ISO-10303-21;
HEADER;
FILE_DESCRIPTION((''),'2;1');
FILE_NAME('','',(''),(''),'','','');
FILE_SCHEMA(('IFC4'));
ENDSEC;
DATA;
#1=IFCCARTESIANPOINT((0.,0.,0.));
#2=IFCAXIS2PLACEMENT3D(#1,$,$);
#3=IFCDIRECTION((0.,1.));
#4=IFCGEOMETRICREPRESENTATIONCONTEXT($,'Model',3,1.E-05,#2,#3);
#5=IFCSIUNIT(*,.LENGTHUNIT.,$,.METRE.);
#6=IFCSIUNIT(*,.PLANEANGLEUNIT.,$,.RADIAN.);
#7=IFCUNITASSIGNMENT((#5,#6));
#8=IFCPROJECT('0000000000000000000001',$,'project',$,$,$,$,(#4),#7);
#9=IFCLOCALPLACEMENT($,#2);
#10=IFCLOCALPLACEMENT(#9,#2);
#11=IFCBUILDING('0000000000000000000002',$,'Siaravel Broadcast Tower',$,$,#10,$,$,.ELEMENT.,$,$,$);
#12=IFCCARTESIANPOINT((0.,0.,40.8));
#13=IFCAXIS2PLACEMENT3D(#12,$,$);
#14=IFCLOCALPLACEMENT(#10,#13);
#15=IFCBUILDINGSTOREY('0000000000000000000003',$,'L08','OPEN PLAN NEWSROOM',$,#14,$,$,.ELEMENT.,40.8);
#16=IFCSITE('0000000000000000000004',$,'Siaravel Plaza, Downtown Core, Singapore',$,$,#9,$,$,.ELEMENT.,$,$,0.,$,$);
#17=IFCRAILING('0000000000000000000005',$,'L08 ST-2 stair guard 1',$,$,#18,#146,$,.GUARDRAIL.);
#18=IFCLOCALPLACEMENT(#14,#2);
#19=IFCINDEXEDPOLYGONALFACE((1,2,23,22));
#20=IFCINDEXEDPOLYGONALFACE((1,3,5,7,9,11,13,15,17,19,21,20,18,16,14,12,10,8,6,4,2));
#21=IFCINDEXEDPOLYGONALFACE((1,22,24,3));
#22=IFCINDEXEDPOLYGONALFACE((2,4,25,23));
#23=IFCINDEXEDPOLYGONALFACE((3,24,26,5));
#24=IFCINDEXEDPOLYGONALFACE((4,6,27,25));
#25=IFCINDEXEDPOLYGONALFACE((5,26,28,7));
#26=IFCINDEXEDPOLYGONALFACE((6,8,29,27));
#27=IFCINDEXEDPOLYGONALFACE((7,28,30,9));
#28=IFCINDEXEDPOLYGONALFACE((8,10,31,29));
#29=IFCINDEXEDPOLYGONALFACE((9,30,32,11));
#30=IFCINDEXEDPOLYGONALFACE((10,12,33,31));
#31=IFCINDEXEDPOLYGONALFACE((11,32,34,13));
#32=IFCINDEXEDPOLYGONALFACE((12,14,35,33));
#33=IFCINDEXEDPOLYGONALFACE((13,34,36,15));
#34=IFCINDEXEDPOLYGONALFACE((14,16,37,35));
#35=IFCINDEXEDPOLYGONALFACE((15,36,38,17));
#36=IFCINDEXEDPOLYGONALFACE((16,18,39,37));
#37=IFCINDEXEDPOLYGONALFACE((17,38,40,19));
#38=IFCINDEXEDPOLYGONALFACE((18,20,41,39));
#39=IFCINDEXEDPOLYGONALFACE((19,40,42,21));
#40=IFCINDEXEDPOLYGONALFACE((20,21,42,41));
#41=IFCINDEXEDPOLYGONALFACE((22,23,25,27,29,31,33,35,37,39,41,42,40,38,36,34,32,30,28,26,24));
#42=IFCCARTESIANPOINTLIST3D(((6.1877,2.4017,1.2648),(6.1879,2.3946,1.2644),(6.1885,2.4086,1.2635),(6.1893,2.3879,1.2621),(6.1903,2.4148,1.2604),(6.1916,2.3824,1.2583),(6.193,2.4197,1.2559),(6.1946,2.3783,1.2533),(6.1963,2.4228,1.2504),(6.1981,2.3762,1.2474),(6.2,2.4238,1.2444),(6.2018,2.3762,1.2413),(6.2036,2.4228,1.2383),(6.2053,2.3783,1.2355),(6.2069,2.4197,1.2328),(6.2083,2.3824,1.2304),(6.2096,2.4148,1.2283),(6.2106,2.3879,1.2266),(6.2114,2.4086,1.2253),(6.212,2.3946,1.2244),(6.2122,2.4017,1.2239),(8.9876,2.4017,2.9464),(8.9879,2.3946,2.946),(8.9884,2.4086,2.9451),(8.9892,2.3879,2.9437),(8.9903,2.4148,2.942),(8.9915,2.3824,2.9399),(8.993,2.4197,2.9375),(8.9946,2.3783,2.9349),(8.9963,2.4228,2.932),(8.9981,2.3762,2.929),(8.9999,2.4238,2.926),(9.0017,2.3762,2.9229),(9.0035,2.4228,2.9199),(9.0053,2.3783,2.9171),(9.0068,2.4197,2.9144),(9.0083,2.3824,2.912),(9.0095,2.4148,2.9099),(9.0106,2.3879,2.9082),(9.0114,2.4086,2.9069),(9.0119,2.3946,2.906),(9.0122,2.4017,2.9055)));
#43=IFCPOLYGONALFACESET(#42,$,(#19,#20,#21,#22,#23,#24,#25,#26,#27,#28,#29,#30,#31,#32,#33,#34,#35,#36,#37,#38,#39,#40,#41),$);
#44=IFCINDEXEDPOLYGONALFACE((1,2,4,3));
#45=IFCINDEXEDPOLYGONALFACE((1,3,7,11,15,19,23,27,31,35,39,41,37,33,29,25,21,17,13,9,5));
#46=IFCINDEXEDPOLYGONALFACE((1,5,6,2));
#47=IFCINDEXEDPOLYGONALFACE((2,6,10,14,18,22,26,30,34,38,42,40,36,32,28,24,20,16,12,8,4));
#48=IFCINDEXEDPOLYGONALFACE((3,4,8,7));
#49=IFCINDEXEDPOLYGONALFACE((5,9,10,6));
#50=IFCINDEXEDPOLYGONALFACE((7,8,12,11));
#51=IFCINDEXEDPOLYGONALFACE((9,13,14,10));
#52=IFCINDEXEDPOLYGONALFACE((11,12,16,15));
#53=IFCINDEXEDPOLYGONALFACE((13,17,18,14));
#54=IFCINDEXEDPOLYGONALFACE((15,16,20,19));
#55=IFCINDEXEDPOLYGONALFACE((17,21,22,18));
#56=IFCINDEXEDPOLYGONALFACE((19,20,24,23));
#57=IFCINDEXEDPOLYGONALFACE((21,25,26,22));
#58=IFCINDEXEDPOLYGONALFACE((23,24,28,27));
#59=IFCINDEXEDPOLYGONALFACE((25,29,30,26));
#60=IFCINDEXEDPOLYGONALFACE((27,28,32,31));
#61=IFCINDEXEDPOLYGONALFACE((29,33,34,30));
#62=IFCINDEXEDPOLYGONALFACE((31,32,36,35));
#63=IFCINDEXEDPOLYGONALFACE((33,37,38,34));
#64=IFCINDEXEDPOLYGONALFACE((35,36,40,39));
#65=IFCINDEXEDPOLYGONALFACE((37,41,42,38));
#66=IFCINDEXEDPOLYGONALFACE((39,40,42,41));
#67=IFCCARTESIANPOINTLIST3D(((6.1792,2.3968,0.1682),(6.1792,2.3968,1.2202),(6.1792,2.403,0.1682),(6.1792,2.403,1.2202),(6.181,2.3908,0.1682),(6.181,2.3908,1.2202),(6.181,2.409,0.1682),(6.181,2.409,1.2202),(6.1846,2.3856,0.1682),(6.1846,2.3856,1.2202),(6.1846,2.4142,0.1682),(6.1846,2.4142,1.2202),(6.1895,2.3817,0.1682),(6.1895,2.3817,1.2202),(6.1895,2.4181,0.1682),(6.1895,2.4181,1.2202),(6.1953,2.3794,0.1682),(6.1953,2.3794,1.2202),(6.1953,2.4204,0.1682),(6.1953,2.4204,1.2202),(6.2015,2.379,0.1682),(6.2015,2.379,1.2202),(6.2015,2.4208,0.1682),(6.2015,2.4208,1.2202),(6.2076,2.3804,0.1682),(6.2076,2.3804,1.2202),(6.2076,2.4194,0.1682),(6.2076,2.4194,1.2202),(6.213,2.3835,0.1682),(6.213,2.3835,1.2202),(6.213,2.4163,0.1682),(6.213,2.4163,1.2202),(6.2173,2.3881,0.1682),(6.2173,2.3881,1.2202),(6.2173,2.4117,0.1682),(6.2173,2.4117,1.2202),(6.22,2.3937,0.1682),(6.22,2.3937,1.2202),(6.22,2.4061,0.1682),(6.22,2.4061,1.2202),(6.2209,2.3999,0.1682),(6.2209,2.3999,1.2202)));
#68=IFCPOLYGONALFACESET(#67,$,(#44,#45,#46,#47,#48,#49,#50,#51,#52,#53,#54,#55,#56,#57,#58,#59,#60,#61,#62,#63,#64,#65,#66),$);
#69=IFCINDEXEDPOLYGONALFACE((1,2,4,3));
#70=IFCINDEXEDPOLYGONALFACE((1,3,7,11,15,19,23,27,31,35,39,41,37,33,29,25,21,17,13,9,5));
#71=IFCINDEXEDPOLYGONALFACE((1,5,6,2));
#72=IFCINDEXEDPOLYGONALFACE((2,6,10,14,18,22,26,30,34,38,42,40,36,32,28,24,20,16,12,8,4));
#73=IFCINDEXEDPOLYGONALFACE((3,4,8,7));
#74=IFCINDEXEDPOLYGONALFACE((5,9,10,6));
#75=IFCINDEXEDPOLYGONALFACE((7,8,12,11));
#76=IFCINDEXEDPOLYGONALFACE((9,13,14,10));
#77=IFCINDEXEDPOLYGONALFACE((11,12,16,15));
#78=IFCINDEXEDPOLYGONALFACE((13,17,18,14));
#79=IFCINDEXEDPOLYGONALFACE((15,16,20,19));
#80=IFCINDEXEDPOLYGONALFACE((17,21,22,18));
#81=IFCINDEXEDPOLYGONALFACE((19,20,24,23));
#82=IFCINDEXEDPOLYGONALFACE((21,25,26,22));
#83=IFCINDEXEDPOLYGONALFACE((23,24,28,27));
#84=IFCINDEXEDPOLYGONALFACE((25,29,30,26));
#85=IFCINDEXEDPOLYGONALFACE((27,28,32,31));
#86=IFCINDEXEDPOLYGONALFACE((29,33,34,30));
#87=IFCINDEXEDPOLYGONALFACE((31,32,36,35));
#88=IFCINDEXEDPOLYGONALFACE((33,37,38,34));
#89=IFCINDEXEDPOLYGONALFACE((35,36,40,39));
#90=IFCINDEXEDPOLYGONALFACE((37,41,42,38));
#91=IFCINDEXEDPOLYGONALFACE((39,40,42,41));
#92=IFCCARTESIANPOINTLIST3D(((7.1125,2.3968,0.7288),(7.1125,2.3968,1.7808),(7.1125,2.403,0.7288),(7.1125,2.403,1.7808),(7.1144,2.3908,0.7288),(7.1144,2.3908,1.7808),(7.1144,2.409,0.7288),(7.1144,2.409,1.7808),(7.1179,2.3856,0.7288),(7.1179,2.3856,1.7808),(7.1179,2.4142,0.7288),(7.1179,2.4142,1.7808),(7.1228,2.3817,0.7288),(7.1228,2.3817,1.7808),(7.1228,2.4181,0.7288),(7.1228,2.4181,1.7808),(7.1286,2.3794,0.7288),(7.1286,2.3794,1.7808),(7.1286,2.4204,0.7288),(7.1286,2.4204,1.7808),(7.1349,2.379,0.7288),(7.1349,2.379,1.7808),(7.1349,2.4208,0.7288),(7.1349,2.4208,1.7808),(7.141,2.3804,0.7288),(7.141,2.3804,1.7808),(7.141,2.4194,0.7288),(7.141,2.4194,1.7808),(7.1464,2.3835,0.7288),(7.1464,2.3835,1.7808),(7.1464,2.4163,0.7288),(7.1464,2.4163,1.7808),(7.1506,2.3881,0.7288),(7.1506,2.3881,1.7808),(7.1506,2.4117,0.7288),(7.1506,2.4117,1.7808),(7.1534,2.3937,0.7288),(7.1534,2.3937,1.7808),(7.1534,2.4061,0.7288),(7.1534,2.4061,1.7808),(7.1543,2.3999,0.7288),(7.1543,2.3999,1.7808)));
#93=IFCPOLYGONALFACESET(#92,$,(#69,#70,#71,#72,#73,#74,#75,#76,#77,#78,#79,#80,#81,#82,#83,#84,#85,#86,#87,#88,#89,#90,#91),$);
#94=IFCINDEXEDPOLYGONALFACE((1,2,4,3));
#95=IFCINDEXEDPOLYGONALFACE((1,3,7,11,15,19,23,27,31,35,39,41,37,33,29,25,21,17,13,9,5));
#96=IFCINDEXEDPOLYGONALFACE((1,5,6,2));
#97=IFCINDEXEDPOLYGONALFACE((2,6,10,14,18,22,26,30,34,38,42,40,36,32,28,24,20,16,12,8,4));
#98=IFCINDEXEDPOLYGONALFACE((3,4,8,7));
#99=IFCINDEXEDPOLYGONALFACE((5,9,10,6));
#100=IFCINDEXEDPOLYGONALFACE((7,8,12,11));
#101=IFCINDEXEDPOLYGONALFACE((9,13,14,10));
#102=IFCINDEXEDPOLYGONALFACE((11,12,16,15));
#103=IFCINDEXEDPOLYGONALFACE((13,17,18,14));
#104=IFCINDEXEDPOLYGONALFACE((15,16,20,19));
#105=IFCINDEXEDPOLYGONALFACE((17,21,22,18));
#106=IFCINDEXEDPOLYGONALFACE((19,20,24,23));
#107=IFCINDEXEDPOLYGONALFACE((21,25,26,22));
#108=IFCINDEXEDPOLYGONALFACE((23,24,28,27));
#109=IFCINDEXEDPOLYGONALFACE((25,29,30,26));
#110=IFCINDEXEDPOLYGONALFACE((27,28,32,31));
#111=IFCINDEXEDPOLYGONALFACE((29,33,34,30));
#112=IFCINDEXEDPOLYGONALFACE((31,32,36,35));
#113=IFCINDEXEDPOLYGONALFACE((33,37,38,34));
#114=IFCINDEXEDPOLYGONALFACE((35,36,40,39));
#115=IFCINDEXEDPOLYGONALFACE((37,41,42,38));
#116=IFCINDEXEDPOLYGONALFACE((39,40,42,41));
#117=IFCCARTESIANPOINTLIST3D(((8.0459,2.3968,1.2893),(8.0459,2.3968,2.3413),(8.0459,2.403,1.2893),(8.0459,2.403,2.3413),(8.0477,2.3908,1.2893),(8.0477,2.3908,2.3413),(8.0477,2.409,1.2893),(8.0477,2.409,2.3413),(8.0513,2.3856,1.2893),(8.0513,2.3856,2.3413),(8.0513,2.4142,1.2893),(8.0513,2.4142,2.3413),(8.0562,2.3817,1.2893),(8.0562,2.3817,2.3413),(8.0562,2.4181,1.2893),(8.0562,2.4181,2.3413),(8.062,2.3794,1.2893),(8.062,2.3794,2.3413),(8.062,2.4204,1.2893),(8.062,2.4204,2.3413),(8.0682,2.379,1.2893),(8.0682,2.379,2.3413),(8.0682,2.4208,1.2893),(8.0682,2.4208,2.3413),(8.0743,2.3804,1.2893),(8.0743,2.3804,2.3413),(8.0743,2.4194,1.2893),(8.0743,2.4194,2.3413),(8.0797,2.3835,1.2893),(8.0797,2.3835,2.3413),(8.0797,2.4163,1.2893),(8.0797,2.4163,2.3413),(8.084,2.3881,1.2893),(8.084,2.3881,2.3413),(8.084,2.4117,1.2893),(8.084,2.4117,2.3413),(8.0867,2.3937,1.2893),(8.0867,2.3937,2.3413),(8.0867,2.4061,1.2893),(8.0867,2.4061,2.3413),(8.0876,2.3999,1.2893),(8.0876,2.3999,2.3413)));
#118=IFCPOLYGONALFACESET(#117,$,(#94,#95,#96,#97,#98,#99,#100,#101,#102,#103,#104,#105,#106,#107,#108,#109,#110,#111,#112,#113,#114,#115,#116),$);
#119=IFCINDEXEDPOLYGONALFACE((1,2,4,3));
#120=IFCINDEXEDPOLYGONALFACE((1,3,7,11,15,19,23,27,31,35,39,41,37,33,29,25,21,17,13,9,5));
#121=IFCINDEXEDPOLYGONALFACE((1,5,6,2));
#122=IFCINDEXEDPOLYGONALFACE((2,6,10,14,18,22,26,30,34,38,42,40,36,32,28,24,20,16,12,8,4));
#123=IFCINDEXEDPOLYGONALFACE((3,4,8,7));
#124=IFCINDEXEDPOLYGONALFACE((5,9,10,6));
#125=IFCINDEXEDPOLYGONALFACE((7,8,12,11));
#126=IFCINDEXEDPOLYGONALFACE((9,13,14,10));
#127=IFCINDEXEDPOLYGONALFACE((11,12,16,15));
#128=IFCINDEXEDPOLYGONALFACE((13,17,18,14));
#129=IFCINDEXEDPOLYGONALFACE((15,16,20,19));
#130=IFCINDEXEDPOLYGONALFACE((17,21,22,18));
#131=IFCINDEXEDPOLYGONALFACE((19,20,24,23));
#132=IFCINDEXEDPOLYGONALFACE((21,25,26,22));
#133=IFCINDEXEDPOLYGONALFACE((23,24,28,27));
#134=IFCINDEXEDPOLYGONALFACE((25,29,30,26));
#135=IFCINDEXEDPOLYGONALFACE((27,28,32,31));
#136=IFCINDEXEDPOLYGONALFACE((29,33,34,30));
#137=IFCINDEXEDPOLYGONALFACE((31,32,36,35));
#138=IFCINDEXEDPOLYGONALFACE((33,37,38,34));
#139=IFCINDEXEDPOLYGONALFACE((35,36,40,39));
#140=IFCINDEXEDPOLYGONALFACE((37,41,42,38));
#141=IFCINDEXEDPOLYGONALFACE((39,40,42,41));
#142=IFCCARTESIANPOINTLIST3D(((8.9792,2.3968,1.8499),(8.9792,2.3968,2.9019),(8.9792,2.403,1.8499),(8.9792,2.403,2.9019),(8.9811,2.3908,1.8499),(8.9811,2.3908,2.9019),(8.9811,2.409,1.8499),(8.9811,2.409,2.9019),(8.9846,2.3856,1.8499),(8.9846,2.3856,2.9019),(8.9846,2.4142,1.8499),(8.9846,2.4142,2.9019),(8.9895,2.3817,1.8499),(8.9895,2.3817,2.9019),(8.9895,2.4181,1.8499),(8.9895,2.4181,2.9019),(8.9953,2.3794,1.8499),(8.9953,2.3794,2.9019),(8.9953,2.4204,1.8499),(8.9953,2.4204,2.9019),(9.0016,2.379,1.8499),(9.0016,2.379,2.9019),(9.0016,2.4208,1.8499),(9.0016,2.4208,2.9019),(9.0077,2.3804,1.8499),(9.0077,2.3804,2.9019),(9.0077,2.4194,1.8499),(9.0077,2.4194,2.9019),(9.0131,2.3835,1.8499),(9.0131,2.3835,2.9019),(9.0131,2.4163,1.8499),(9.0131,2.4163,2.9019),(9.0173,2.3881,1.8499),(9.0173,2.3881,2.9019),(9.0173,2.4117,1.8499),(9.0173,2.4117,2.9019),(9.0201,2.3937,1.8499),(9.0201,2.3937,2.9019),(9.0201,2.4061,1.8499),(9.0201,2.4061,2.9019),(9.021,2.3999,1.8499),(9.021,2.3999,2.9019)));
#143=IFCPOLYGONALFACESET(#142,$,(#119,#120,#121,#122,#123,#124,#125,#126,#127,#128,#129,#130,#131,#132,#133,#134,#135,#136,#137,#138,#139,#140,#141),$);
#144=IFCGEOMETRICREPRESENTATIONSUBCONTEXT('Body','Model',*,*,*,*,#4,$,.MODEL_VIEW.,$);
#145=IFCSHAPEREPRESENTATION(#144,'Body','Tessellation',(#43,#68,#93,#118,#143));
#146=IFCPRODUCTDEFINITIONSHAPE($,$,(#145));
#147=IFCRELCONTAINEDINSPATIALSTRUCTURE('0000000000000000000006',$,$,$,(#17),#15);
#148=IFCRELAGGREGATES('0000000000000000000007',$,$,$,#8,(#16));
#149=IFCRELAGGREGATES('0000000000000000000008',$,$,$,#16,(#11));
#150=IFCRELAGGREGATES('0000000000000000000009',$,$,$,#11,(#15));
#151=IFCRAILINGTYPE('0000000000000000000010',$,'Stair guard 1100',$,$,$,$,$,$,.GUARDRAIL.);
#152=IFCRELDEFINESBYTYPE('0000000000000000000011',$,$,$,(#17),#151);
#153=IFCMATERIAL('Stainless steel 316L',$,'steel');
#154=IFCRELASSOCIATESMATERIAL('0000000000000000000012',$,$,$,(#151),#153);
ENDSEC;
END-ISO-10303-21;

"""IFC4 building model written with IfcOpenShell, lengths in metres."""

from ifc_helpers import new_model, si_unit, direction, frame, origin, origin_2d, place, context, subcontext, project, spatial, circle, extrude, material, type_object, element, save


model = new_model("IFC4")

# Units and contexts
model_context = context("Model", 3, precision=1e-05, world=origin(), true_north=direction((0.0, 1.0)))
body_context = subcontext(model_context, "Body", "Model", "MODEL_VIEW")
ifc_project = project(units=[si_unit("LENGTHUNIT", "METRE"), si_unit("PLANEANGLEUNIT", "RADIAN")], contexts=[model_context])

# Site, building, storey
site_placement = place(None, origin())
site = spatial("IfcSite", under=ifc_project, at=site_placement, Name="Siaravel Plaza, Downtown Core, Singapore", CompositionType="ELEMENT", RefElevation=0.0)
building_placement = place(site_placement, origin())
building = spatial("IfcBuilding", under=site, at=building_placement, Name="Siaravel Broadcast Tower", CompositionType="ELEMENT")
storey_placement = place(building_placement, frame((0.0, 0.0, 40.8)))
storey = spatial("IfcBuildingStorey", under=building, at=storey_placement, Name="L08", Description="OPEN PLAN NEWSROOM", CompositionType="ELEMENT", Elevation=40.8)

# Railing
ifc_material_1 = material(Name="Stainless steel 316L", Category="steel")
railing_type_1 = type_object("IfcRailingType", Name="Stair guard 1100", PredefinedType="GUARDRAIL", material=ifc_material_1)
railing_1_placement = place(storey_placement, frame((6.2, 2.3999, 0.1682)))
element("IfcRailing", 1, at=railing_1_placement, inside=storey, type_object=railing_type_1, Name="L08 ST-2 stair guard 1", PredefinedType="GUARDRAIL", context=body_context, shape_type="SweptSolid", body=[
    extrude(circle(Radius=0.0239, at=origin_2d()), frame((0.0, 0.0, 1.0762), z_axis=(0.857275, 0.0, 0.514858), x_axis=(0.0, 1.0, 0.0)), (0.0, 0.0, 1.0), 3.2661),
    extrude(circle(Radius=0.021, at=origin_2d()), origin(), (0.0, 0.0, 1.0), 1.052),
    extrude(circle(Radius=0.021, at=origin_2d()), frame((0.9333, 0.0, 0.5605)), (0.0, 0.0, 1.0), 1.052),
    extrude(circle(Radius=0.021, at=origin_2d()), frame((1.8667, 0.0, 1.1211)), (0.0, 0.0, 1.0), 1.052),
    extrude(circle(Radius=0.021, at=origin_2d()), frame((2.8, 0.0, 1.6816)), (0.0, 0.0, 1.0), 1.052),
])

save(model, "model.ifc")
